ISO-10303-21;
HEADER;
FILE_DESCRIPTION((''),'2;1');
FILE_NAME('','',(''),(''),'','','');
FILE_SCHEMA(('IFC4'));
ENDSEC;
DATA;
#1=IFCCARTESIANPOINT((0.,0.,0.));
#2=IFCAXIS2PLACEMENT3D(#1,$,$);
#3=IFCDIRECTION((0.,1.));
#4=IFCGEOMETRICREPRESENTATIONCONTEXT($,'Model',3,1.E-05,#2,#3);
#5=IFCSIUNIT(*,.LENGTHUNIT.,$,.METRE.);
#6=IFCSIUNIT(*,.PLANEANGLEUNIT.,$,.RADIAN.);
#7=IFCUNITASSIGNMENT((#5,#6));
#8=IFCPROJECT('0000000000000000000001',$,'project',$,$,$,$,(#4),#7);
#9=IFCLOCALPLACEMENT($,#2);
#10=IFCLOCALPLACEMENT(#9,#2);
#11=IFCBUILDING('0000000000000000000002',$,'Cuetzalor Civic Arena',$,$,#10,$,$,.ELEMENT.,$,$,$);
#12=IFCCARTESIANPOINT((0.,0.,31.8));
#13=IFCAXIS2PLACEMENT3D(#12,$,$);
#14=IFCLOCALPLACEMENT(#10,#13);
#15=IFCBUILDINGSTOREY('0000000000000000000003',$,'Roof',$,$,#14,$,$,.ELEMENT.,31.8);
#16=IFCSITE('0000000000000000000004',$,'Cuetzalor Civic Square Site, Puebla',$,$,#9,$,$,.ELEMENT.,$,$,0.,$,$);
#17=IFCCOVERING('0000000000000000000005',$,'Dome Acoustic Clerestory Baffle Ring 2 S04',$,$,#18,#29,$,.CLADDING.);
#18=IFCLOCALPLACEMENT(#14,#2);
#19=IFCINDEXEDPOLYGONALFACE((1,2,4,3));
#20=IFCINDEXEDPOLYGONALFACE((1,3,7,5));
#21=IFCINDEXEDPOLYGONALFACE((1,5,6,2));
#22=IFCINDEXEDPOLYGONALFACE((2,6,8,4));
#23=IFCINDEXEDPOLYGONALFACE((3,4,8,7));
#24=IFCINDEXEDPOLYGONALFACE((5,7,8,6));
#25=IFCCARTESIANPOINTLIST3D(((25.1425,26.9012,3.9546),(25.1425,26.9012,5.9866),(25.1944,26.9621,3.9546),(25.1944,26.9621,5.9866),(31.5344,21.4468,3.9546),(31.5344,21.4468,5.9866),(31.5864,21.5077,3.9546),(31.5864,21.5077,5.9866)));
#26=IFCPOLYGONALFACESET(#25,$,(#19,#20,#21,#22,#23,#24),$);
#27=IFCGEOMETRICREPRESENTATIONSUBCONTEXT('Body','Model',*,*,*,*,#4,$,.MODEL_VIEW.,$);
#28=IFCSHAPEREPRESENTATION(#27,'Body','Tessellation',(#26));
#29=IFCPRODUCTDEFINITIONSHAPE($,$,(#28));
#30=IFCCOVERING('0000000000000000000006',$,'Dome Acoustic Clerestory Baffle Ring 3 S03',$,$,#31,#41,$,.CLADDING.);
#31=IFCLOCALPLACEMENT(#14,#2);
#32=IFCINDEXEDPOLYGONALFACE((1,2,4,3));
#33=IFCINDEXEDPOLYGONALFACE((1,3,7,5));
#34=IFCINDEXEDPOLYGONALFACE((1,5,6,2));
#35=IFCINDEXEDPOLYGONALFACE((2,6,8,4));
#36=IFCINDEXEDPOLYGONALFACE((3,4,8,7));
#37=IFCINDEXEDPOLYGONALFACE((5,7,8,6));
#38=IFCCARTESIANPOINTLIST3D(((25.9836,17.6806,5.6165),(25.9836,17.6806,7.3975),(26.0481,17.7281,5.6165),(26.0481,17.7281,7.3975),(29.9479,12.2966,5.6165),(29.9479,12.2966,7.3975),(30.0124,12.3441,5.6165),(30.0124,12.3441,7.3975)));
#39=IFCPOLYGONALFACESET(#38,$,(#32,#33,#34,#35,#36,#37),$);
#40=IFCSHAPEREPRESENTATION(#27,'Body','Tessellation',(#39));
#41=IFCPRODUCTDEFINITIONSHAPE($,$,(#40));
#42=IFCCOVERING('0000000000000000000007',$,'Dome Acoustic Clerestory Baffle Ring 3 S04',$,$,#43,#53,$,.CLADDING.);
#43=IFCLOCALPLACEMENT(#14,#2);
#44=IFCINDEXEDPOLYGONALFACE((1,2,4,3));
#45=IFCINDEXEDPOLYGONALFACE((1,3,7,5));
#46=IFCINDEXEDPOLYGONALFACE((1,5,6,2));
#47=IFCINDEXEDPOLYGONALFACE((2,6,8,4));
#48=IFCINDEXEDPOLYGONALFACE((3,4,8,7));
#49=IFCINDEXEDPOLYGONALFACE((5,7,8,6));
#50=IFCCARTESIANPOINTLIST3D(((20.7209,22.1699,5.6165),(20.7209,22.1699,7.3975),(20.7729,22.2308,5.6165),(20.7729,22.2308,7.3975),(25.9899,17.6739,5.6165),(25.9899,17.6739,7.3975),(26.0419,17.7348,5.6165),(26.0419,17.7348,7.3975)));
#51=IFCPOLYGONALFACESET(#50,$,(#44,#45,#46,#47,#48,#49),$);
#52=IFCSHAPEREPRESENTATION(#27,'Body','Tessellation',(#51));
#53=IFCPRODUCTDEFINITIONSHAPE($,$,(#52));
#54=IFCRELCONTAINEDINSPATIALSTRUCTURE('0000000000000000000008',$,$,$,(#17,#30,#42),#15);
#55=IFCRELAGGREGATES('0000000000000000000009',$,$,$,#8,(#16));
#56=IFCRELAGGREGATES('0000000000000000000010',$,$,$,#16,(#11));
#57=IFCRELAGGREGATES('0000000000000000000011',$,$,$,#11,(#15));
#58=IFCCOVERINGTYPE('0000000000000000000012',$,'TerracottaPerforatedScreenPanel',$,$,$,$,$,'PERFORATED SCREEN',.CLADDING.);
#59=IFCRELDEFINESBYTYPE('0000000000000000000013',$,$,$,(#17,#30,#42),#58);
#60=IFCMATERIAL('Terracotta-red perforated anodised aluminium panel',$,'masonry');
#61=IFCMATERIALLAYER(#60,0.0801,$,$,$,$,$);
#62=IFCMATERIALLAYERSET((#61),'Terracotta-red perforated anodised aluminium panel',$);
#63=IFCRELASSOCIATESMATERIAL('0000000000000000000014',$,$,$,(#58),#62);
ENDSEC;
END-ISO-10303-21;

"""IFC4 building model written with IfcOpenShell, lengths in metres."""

from ifc_helpers import new_model, si_unit, direction, frame, frame_2d, origin, place, context, subcontext, project, spatial, rectangle, extrude, material, layer, layer_set, type_object, element, save


model = new_model("IFC4")

# Units and contexts
model_context = context("Model", 3, precision=1e-05, world=origin(), true_north=direction((0.0, 1.0)))
body_context = subcontext(model_context, "Body", "Model", "MODEL_VIEW")
ifc_project = project(units=[si_unit("LENGTHUNIT", "METRE"), si_unit("PLANEANGLEUNIT", "RADIAN")], contexts=[model_context])

# Site, building, storey
site_placement = place(None, origin())
site = spatial("IfcSite", under=ifc_project, at=site_placement, Name="Cuetzalor Civic Square Site, Puebla", CompositionType="ELEMENT", RefElevation=0.0)
building_placement = place(site_placement, origin())
building = spatial("IfcBuilding", under=site, at=building_placement, Name="Cuetzalor Civic Arena", CompositionType="ELEMENT")
storey_placement = place(building_placement, frame((0.0, 0.0, 31.8)))
storey = spatial("IfcBuildingStorey", under=building, at=storey_placement, Name="Roof", CompositionType="ELEMENT", Elevation=31.8)

# Coverings
ifc_material_1 = material(Name="Terracotta-red perforated anodised aluminium panel", Category="masonry")
ifc_layer_1 = layer(ifc_material_1, 0.0801)
ifc_layer_set_1 = layer_set([ifc_layer_1], Name="Terracotta-red perforated anodised aluminium panel")
covering_type = type_object("IfcCoveringType", Name="TerracottaPerforatedScreenPanel", ElementType="PERFORATED SCREEN", PredefinedType="CLADDING", material=ifc_layer_set_1)
covering_1_placement = place(storey_placement, frame((25.1685, 26.9316, 3.9546), z_axis=(0.0, 0.0, 1.0), x_axis=(0.760688, -0.649117, 0.0)))
element("IfcCovering", 1, at=covering_1_placement, inside=storey, type_object=covering_type, Name="Dome Acoustic Clerestory Baffle Ring 2 S04", PredefinedType="CLADDING", context=body_context, shape_type="SweptSolid", body=[
    extrude(rectangle(XDim=8.4028, YDim=0.0801, at=frame_2d((4.2014, 0.0))), origin(), (0.0, 0.0, 1.0), 2.032),
])
covering_2_placement = place(storey_placement, frame((26.0159, 17.7043, 5.6165), z_axis=(0.0, 0.0, 1.0), x_axis=(0.592925, -0.805258, 0.0)))
element("IfcCovering", 2, at=covering_2_placement, inside=storey, type_object=covering_type, Name="Dome Acoustic Clerestory Baffle Ring 3 S03", PredefinedType="CLADDING", context=body_context, shape_type="SweptSolid", body=[
    extrude(rectangle(XDim=6.686, YDim=0.0801, at=frame_2d((3.343, 0.0))), origin(), (0.0, 0.0, 1.0), 1.781),
])
covering_3_placement = place(storey_placement, frame((20.7468, 22.2004, 5.6165), z_axis=(0.0, 0.0, 1.0), x_axis=(0.760698, -0.649106, 0.0)))
element("IfcCovering", 3, at=covering_3_placement, inside=storey, type_object=covering_type, Name="Dome Acoustic Clerestory Baffle Ring 3 S04", PredefinedType="CLADDING", context=body_context, shape_type="SweptSolid", body=[
    extrude(rectangle(XDim=6.9265, YDim=0.0801, at=frame_2d((3.4634, 0.0))), origin(), (0.0, 0.0, 1.0), 1.781),
])

save(model, "model.ifc")
